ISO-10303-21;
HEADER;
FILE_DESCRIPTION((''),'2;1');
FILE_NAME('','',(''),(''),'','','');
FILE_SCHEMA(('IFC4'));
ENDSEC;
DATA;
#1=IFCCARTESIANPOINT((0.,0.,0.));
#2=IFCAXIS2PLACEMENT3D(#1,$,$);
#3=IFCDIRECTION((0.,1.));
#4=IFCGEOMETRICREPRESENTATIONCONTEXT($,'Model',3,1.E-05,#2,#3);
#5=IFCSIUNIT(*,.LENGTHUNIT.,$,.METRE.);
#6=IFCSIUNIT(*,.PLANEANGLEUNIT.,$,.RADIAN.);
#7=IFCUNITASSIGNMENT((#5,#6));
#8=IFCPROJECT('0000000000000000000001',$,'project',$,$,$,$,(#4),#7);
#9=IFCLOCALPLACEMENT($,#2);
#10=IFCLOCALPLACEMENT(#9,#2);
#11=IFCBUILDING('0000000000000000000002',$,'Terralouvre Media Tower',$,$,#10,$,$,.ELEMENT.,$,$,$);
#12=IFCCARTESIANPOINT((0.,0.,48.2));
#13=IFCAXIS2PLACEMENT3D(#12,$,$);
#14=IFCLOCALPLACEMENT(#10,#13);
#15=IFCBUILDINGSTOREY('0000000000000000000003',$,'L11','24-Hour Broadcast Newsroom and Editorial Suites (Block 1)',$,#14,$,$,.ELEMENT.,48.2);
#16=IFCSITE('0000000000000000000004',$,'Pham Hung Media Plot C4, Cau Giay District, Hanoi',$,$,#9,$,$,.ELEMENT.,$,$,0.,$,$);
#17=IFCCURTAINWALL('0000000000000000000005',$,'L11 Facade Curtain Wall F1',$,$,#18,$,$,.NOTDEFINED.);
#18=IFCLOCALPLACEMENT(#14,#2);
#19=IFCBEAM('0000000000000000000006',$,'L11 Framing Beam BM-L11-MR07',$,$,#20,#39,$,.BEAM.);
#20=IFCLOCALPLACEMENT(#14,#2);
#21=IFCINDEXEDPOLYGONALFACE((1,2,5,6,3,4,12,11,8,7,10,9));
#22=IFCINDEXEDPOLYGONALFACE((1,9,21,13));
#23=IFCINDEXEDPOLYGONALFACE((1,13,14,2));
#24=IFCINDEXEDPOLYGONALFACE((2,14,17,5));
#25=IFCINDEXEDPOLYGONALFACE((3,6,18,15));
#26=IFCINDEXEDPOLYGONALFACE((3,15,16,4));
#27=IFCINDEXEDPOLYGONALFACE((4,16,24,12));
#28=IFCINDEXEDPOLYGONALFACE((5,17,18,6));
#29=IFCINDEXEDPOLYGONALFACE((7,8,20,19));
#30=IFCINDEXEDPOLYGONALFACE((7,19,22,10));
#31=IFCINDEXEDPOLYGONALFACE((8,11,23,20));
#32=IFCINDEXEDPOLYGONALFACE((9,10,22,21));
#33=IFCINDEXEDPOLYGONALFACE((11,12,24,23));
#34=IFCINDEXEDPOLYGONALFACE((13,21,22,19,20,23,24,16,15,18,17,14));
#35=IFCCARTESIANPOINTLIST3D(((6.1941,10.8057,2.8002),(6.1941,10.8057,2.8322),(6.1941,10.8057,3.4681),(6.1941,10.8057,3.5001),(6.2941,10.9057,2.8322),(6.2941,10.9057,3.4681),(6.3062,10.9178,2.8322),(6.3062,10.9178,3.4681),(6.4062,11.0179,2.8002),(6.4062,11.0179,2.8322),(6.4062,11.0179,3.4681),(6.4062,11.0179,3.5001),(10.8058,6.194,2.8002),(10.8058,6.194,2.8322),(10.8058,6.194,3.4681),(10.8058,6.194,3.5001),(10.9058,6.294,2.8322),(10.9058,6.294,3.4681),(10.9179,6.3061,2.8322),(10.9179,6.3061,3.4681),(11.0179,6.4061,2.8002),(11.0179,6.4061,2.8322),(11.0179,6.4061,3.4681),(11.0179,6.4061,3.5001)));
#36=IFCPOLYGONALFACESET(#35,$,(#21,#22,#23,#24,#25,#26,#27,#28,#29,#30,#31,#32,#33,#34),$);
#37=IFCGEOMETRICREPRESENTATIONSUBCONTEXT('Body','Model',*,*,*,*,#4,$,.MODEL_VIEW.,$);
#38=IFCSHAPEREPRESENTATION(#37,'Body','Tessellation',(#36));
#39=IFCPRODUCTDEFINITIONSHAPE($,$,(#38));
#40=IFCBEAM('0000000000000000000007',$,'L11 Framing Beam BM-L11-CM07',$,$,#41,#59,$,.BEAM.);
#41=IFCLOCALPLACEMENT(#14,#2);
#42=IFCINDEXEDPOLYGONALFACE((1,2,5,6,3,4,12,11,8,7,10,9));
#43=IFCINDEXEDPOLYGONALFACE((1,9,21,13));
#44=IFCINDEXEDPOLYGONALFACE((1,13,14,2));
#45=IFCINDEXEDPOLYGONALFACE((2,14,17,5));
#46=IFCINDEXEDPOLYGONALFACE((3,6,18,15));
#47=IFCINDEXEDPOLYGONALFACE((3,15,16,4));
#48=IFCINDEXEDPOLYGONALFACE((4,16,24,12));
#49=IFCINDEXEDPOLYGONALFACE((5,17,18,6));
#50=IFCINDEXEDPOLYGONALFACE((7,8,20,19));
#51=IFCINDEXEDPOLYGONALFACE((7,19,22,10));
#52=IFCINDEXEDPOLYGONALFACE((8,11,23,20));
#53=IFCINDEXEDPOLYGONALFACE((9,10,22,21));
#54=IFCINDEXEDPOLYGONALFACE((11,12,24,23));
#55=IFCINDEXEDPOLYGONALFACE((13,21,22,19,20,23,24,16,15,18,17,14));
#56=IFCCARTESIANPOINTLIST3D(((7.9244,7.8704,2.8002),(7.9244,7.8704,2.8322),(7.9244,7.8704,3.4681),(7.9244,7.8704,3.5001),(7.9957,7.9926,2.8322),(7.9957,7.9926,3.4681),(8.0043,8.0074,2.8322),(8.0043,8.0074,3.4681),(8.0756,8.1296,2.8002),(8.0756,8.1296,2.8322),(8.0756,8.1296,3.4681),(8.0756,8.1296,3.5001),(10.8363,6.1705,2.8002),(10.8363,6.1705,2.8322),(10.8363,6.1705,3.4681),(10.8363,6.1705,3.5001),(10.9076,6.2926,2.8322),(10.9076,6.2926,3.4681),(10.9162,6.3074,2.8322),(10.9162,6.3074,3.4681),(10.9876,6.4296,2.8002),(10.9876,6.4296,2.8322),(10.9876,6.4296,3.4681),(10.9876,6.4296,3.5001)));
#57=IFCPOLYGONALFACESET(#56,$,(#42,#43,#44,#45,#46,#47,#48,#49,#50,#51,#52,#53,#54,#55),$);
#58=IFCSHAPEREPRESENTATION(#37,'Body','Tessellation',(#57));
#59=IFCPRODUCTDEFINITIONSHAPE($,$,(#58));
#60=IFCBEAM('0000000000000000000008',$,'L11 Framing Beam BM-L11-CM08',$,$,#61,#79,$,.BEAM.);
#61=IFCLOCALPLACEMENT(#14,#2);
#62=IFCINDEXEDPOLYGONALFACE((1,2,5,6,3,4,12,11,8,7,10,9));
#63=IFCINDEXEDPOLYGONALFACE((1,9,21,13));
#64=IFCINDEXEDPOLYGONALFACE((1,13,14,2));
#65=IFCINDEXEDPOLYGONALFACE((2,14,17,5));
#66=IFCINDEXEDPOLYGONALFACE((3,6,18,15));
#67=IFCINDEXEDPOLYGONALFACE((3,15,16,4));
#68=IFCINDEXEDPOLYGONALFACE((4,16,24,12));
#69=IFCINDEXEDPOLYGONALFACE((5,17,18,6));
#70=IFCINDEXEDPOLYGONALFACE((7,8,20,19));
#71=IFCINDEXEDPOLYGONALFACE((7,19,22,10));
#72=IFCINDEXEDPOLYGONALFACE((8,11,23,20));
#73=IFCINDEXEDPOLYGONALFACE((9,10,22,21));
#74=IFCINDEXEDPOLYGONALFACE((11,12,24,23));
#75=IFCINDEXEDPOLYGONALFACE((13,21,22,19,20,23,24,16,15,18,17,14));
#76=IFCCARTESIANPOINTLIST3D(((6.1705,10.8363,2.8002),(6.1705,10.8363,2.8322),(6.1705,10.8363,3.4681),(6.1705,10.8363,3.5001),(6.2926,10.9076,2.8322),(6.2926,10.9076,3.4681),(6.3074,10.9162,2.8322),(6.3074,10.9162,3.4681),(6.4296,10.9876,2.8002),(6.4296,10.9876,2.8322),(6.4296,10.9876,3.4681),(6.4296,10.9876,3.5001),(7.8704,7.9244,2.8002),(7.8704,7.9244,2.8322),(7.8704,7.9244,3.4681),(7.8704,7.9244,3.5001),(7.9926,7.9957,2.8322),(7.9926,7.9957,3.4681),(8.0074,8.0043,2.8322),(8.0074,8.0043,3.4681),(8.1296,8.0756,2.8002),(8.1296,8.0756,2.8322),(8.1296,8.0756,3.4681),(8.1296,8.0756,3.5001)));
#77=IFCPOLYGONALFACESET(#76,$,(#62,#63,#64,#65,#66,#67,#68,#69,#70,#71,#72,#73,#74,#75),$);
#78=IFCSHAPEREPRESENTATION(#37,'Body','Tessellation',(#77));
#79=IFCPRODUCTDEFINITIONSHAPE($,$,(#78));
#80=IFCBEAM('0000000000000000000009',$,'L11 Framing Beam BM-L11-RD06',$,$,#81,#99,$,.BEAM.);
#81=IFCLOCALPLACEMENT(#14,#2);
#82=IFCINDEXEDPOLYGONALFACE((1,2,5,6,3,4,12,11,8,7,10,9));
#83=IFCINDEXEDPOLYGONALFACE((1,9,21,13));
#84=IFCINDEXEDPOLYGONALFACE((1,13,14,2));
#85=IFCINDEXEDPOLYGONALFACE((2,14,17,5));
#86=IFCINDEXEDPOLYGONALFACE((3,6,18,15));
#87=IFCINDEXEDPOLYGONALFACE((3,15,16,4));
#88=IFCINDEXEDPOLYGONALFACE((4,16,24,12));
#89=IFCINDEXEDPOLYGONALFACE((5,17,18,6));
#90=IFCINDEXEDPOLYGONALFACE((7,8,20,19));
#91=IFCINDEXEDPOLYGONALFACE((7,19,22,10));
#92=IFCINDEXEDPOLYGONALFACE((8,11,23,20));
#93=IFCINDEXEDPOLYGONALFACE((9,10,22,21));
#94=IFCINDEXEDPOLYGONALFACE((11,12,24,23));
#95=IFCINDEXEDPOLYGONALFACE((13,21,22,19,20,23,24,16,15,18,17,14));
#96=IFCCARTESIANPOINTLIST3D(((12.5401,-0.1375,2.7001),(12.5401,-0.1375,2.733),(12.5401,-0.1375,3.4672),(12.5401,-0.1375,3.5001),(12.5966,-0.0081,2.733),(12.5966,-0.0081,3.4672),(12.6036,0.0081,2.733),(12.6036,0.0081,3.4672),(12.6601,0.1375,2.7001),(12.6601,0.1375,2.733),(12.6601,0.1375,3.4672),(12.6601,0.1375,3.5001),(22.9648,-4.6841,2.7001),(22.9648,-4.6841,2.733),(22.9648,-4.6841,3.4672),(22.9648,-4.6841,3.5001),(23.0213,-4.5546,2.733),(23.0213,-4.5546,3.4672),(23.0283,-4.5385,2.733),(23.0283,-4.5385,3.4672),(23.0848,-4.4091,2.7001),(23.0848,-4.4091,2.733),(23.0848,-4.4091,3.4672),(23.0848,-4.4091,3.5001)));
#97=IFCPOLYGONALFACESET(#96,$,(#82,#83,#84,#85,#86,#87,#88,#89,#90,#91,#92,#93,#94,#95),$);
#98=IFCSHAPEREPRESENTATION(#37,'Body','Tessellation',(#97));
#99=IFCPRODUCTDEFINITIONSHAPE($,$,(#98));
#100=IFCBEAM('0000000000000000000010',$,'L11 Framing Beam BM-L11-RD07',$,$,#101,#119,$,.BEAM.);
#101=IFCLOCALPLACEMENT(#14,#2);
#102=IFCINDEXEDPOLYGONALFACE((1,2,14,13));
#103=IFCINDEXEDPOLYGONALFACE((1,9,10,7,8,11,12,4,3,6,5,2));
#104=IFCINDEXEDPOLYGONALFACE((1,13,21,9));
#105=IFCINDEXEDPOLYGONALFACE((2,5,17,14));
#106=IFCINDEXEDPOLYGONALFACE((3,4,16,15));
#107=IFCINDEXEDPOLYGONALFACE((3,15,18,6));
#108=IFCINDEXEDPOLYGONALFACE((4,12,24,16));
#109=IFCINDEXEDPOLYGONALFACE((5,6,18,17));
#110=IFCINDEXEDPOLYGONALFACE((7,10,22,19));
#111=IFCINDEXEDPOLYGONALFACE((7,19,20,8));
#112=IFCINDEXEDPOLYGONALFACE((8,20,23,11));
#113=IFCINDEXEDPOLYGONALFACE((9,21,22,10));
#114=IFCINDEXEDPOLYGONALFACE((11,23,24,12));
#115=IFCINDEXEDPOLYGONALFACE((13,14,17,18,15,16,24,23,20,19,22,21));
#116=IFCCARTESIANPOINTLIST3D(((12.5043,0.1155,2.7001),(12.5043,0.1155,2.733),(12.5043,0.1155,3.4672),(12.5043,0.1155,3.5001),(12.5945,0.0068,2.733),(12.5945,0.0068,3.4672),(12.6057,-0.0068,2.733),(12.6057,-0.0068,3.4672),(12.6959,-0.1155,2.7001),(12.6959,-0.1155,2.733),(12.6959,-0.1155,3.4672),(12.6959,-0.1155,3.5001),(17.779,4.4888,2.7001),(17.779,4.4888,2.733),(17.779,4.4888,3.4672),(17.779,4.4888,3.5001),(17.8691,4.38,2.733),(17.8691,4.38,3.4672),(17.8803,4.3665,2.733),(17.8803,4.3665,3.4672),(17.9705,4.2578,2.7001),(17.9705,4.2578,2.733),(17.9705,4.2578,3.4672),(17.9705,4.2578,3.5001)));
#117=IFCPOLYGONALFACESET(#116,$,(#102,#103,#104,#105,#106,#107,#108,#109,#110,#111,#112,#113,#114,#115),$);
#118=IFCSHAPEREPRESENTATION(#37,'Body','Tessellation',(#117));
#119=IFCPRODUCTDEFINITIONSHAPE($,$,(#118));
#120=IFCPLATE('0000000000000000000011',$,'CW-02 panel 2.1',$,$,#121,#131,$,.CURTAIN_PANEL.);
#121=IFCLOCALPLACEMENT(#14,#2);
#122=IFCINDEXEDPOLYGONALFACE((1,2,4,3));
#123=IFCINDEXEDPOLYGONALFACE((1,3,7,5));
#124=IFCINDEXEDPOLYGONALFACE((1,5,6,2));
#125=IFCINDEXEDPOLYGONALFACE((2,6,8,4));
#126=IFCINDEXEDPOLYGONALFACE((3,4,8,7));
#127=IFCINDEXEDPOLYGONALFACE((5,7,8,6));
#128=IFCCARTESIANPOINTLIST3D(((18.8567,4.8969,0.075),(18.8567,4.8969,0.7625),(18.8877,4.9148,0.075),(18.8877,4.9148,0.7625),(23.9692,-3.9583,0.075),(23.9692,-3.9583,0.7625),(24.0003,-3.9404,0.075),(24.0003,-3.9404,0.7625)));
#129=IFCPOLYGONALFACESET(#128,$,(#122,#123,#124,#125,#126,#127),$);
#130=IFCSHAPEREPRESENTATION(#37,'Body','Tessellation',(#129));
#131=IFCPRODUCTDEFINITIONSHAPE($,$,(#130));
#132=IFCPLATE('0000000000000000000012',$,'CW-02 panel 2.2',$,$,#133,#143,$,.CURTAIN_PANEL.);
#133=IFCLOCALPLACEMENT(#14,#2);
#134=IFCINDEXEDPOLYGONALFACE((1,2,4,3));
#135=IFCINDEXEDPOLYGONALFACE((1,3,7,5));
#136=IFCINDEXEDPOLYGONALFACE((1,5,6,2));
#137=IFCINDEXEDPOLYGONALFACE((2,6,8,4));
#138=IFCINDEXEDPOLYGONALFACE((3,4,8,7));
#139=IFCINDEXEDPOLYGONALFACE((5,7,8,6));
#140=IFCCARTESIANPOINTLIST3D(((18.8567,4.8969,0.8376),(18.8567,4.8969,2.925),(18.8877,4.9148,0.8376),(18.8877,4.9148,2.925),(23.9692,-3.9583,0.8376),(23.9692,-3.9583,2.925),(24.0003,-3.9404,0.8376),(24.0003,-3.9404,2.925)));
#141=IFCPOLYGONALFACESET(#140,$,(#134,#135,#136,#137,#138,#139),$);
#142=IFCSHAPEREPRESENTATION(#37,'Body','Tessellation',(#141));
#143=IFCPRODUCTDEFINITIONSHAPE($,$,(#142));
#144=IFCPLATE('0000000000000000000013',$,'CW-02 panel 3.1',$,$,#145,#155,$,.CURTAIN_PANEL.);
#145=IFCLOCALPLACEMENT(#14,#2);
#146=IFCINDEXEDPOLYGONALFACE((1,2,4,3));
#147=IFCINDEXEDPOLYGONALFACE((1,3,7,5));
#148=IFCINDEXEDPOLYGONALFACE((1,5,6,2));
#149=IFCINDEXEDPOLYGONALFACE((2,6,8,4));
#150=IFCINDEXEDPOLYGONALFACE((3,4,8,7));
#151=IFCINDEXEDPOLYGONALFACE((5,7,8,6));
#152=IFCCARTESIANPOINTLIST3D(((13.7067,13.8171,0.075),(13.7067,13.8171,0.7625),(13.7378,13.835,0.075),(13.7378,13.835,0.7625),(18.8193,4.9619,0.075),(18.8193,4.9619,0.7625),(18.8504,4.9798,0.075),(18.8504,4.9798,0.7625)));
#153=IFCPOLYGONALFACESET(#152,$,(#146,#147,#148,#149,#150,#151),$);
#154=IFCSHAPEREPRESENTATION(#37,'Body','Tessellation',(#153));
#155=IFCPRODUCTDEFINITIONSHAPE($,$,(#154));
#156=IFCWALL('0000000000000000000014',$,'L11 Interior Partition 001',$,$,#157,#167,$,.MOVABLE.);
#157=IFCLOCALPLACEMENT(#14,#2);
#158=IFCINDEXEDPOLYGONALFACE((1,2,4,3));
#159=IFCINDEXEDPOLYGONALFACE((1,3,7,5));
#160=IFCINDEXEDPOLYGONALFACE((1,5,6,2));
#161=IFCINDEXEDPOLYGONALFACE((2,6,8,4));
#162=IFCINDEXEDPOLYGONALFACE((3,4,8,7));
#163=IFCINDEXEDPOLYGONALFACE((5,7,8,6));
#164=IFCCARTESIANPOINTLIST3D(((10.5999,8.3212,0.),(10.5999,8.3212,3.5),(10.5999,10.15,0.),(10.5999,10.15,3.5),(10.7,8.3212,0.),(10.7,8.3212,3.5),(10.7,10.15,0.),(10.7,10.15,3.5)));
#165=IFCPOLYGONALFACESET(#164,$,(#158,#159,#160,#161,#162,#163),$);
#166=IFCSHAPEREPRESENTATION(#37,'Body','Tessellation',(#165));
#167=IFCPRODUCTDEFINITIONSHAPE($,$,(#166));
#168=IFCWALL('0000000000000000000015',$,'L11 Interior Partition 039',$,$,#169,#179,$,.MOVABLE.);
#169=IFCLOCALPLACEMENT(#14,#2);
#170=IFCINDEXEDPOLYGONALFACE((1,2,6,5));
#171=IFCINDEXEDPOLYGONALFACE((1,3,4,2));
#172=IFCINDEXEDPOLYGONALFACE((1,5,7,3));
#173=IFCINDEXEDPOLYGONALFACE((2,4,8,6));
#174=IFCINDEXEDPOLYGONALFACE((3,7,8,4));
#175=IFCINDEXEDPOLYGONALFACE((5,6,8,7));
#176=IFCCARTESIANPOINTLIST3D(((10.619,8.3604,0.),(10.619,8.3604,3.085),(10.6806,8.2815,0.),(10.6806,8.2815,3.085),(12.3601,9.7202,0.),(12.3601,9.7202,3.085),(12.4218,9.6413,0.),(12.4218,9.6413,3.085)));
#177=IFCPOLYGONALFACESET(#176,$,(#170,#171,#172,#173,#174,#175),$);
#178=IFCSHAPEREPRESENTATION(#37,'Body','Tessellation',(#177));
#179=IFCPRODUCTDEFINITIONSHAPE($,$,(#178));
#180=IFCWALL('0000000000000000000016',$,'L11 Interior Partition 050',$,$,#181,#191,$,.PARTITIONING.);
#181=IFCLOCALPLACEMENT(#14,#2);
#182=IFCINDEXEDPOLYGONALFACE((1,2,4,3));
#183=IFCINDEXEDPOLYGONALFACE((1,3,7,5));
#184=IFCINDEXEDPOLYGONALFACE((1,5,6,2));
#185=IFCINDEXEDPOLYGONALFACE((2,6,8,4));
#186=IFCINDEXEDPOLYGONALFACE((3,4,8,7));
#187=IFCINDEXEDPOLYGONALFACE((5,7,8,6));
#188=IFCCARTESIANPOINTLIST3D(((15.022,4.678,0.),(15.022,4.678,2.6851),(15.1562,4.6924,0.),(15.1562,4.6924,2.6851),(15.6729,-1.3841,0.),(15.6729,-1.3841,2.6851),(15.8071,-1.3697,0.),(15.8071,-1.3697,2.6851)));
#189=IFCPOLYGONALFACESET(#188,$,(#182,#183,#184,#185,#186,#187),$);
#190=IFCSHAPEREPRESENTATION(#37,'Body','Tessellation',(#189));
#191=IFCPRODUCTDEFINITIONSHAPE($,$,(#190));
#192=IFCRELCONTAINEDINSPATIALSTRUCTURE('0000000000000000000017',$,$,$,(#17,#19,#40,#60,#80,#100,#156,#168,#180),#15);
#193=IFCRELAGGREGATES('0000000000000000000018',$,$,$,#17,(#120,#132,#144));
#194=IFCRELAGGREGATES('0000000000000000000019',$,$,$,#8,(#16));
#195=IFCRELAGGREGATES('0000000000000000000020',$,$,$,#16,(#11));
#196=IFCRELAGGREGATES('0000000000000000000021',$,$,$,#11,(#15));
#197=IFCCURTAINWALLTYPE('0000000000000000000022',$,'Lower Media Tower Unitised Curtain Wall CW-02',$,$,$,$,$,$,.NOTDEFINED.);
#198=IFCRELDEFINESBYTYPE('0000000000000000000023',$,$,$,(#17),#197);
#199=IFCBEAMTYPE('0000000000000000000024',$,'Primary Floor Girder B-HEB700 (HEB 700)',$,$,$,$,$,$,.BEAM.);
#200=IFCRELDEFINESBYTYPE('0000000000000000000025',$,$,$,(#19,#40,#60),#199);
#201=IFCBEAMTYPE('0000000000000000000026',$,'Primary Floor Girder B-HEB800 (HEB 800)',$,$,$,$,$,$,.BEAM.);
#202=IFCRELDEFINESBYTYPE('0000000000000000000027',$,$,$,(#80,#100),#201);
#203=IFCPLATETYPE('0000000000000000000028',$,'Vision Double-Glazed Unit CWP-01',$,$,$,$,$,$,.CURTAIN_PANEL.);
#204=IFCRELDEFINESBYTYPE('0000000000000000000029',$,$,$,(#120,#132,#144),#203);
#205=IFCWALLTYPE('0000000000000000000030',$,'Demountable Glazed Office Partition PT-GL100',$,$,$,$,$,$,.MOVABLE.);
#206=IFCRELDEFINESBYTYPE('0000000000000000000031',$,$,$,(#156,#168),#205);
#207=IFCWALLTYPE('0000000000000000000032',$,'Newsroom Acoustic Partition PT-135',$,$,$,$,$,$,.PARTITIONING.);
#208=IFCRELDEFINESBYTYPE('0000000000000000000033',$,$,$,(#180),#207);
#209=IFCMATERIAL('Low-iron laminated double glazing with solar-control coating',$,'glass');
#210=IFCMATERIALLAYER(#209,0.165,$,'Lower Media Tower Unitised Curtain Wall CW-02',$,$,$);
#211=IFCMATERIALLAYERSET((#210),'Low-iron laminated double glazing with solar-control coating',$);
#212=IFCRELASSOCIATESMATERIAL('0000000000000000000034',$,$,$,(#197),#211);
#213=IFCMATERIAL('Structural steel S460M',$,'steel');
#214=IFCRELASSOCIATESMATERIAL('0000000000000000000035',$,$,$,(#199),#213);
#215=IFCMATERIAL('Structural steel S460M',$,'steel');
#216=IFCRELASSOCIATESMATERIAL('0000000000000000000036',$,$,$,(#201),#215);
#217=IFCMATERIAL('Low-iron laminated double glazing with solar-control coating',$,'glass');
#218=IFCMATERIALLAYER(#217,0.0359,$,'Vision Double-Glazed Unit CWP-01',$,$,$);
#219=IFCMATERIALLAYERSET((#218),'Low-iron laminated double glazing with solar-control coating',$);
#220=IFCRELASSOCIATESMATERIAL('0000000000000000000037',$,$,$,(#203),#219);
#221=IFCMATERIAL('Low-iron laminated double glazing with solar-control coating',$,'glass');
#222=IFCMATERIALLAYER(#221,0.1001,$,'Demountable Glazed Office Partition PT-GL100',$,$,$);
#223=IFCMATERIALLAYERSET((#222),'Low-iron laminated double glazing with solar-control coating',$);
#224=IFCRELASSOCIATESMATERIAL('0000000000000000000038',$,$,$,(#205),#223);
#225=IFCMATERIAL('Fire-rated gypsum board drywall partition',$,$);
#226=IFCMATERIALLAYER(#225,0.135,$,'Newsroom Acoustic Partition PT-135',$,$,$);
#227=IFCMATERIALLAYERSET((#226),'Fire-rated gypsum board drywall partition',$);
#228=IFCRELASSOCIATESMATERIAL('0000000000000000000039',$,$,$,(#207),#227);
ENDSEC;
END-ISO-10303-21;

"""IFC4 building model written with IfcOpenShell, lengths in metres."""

from ifc_helpers import new_model, si_unit, direction, frame, frame_2d, origin, origin_2d, place, context, subcontext, project, spatial, rectangle, i_section, extrude, material, layer, layer_set, material_profile, profile_set, type_object, element, aggregate, save


model = new_model("IFC4")

# Units and contexts
model_context = context("Model", 3, precision=1e-05, world=origin(), true_north=direction((0.0, 1.0)))
body_context = subcontext(model_context, "Body", "Model", "MODEL_VIEW")
ifc_project = project(units=[si_unit("LENGTHUNIT", "METRE"), si_unit("PLANEANGLEUNIT", "RADIAN")], contexts=[model_context])

# Site, building, storey
site_placement = place(None, origin())
site = spatial("IfcSite", under=ifc_project, at=site_placement, Name="Pham Hung Media Plot C4, Cau Giay District, Hanoi", CompositionType="ELEMENT", RefElevation=0.0)
building_placement = place(site_placement, origin())
building = spatial("IfcBuilding", under=site, at=building_placement, Name="Terralouvre Media Tower", CompositionType="ELEMENT")
storey_placement = place(building_placement, frame((0.0, 0.0, 48.2)))
storey = spatial("IfcBuildingStorey", under=building, at=storey_placement, Name="L11", Description="24-Hour Broadcast Newsroom and Editorial Suites (Block 1)", CompositionType="ELEMENT", Elevation=48.2)

# Curtain wall
ifc_material_1 = material(Name="Low-iron laminated double glazing with solar-control coating", Category="glass")
ifc_layer_1 = layer(ifc_material_1, 0.165, Name="Lower Media Tower Unitised Curtain Wall CW-02")
ifc_layer_set_1 = layer_set([ifc_layer_1], Name="Low-iron laminated double glazing with solar-control coating")
curtain_wall_type = type_object("IfcCurtainWallType", Name="Lower Media Tower Unitised Curtain Wall CW-02", PredefinedType="NOTDEFINED", material=ifc_layer_set_1)
curtain_wall_placement = place(storey_placement, origin())
curtain_wall = element("IfcCurtainWall", 1, at=curtain_wall_placement, inside=storey, type_object=curtain_wall_type, Name="L11 Facade Curtain Wall F1", PredefinedType="NOTDEFINED")

# Beams
ifc_material_2 = material(Name="Structural steel S460M", Category="steel")
ifc_material_profile_1 = material_profile(ifc_material_2, i_section(OverallWidth=0.3, OverallDepth=0.7, WebThickness=0.0171, FlangeThickness=0.032, at=origin_2d()), Name="HEB 700")
ifc_profile_set_1 = profile_set([ifc_material_profile_1], Name="Structural steel S460M")
beam_type_1 = type_object("IfcBeamType", Name="Primary Floor Girder B-HEB700 (HEB 700)", PredefinedType="BEAM", material=ifc_profile_set_1)
beam_1_placement = place(storey_placement, frame((10.9119, 6.3, 3.1501), z_axis=(-0.707107, 0.707107, 0.0), x_axis=(-0.707107, -0.707107, 0.0)))
element("IfcBeam", 2, at=beam_1_placement, inside=storey, type_object=beam_type_1, Name="L11 Framing Beam BM-L11-MR07", PredefinedType="BEAM", context=body_context, shape_type="SweptSolid", body=[
    extrude(i_section(OverallWidth=0.3, OverallDepth=0.7, WebThickness=0.0171, FlangeThickness=0.032, at=origin_2d()), origin(), (0.0, 0.0, 1.0), 6.522),
])
for number, where, z_axis, x_axis, name in (
    (3, (8.0, 8.0, 3.1501), (0.863603, -0.504173, 0.0), (0.504173, 0.863603, 0.0), "L11 Framing Beam BM-L11-CM07"),
    (4, (8.0, 8.0, 3.1501), (-0.504173, 0.863603, 0.0), (-0.863603, -0.504173, 0.0), "L11 Framing Beam BM-L11-CM08"),
):
    element("IfcBeam", number, at=place(storey_placement, frame(where, z_axis=z_axis, x_axis=x_axis)), inside=storey, type_object=beam_type_1, Name=name, PredefinedType="BEAM", context=body_context, shape_type="SweptSolid", body=[
        extrude(i_section(OverallWidth=0.3, OverallDepth=0.7, WebThickness=0.0171, FlangeThickness=0.032, at=origin_2d()), origin(), (0.0, 0.0, 1.0), 3.3718),
    ])
ifc_material_3 = material(Name="Structural steel S460M", Category="steel")
ifc_material_profile_2 = material_profile(ifc_material_3, i_section(OverallWidth=0.3, OverallDepth=0.8, WebThickness=0.0176, FlangeThickness=0.033, at=origin_2d()), Name="HEB 800")
ifc_profile_set_2 = profile_set([ifc_material_profile_2], Name="Structural steel S460M")
beam_type_2 = type_object("IfcBeamType", Name="Primary Floor Girder B-HEB800 (HEB 800)", PredefinedType="BEAM", material=ifc_profile_set_2)
beam_2_placement = place(storey_placement, frame((12.6001, 0.0, 3.1001), z_axis=(0.916616, -0.399769, 0.0), x_axis=(0.399769, 0.916616, 0.0)))
element("IfcBeam", 5, at=beam_2_placement, inside=storey, type_object=beam_type_2, Name="L11 Framing Beam BM-L11-RD06", PredefinedType="BEAM", context=body_context, shape_type="SweptSolid", body=[
    extrude(i_section(OverallWidth=0.3, OverallDepth=0.8, WebThickness=0.0176, FlangeThickness=0.033, at=origin_2d()), origin(), (0.0, 0.0, 1.0), 11.373),
])
beam_3_placement = place(storey_placement, frame((12.6001, 0.0, 3.1001), z_axis=(0.769816, 0.638265, 0.0), x_axis=(-0.638265, 0.769816, 0.0)))
element("IfcBeam", 6, at=beam_3_placement, inside=storey, type_object=beam_type_2, Name="L11 Framing Beam BM-L11-RD07", PredefinedType="BEAM", context=body_context, shape_type="SweptSolid", body=[
    extrude(i_section(OverallWidth=0.3, OverallDepth=0.8, WebThickness=0.0176, FlangeThickness=0.033, at=origin_2d()), origin(), (0.0, 0.0, 1.0), 6.8518),
])

# Plates
ifc_material_4 = material(Name="Low-iron laminated double glazing with solar-control coating", Category="glass")
ifc_layer_2 = layer(ifc_material_4, 0.0359, Name="Vision Double-Glazed Unit CWP-01")
ifc_layer_set_2 = layer_set([ifc_layer_2], Name="Low-iron laminated double glazing with solar-control coating")
plate_type = type_object("IfcPlateType", Name="Vision Double-Glazed Unit CWP-01", PredefinedType="CURTAIN_PANEL", material=ifc_layer_set_2)
plate_1_placement = place(storey_placement, frame((21.4285, 0.4783, 0.075), z_axis=(0.0, 0.0, 1.0), x_axis=(-0.5, 0.866025, 0.0)))
plate_1 = element("IfcPlate", 7, at=plate_1_placement, type_object=plate_type, Name="CW-02 panel 2.1", PredefinedType="CURTAIN_PANEL", context=body_context, shape_type="SweptSolid", body=[
    extrude(rectangle(XDim=10.2251, YDim=0.0359, at=origin_2d()), origin(), (0.0, 0.0, 1.0), 0.6875),
])
plate_2_placement = place(storey_placement, frame((21.4285, 0.4783, 0.8376), z_axis=(0.0, 0.0, 1.0), x_axis=(-0.5, 0.866025, 0.0)))
plate_2 = element("IfcPlate", 8, at=plate_2_placement, type_object=plate_type, Name="CW-02 panel 2.2", PredefinedType="CURTAIN_PANEL", context=body_context, shape_type="SweptSolid", body=[
    extrude(rectangle(XDim=10.2251, YDim=0.0359, at=origin_2d()), origin(), (0.0, 0.0, 1.0), 2.0874),
])
plate_3_placement = place(storey_placement, frame((16.2786, 9.3984, 0.075), z_axis=(0.0, 0.0, 1.0), x_axis=(-0.5, 0.866025, 0.0)))
plate_3 = element("IfcPlate", 9, at=plate_3_placement, type_object=plate_type, Name="CW-02 panel 3.1", PredefinedType="CURTAIN_PANEL", context=body_context, shape_type="SweptSolid", body=[
    extrude(rectangle(XDim=10.2251, YDim=0.0359, at=origin_2d()), origin(), (0.0, 0.0, 1.0), 0.6875),
])
aggregate(curtain_wall, [plate_1, plate_2, plate_3])

# Walls
ifc_material_5 = material(Name="Low-iron laminated double glazing with solar-control coating", Category="glass")
ifc_layer_3 = layer(ifc_material_5, 0.1001, Name="Demountable Glazed Office Partition PT-GL100")
ifc_layer_set_3 = layer_set([ifc_layer_3], Name="Low-iron laminated double glazing with solar-control coating")
wall_type_1 = type_object("IfcWallType", Name="Demountable Glazed Office Partition PT-GL100", PredefinedType="MOVABLE", material=ifc_layer_set_3)
wall_1_placement = place(storey_placement, frame((10.6499, 8.321, 0.0), z_axis=(0.0, 0.0, 1.0), x_axis=(0.0, 1.0, 0.0)))
element("IfcWall", 10, at=wall_1_placement, inside=storey, type_object=wall_type_1, Name="L11 Interior Partition 001", PredefinedType="MOVABLE", context=body_context, shape_type="SweptSolid", body=[
    extrude(rectangle(XDim=1.8289, YDim=0.1001, at=frame_2d((0.9146, 0.0))), origin(), (0.0, 0.0, 1.0), 3.5),
])
wall_2_placement = place(storey_placement, frame((10.6499, 8.321, 0.0), z_axis=(0.0, 0.0, 1.0), x_axis=(0.788125, 0.615515, 0.0)))
element("IfcWall", 11, at=wall_2_placement, inside=storey, type_object=wall_type_1, Name="L11 Interior Partition 039", PredefinedType="MOVABLE", context=body_context, shape_type="SweptSolid", body=[
    extrude(rectangle(XDim=2.2092, YDim=0.1001, at=frame_2d((1.1045, 0.0))), origin(), (0.0, 0.0, 1.0), 3.085),
])
ifc_material_6 = material(Name="Fire-rated gypsum board drywall partition")
ifc_layer_4 = layer(ifc_material_6, 0.135, Name="Newsroom Acoustic Partition PT-135")
ifc_layer_set_4 = layer_set([ifc_layer_4], Name="Fire-rated gypsum board drywall partition")
wall_type_2 = type_object("IfcWallType", Name="Newsroom Acoustic Partition PT-135", PredefinedType="PARTITIONING", material=ifc_layer_set_4)
wall_3_placement = place(storey_placement, frame((15.0891, 4.6851, 0.0), z_axis=(0.0, 0.0, 1.0), x_axis=(0.106757, -0.994285, 0.0)))
element("IfcWall", 12, at=wall_3_placement, inside=storey, type_object=wall_type_2, Name="L11 Interior Partition 050", PredefinedType="PARTITIONING", context=body_context, shape_type="SweptSolid", body=[
    extrude(rectangle(XDim=6.0969, YDim=0.135, at=frame_2d((3.0483, 0.0))), origin(), (0.0, 0.0, 1.0), 2.6851),
])

save(model, "model.ifc")
